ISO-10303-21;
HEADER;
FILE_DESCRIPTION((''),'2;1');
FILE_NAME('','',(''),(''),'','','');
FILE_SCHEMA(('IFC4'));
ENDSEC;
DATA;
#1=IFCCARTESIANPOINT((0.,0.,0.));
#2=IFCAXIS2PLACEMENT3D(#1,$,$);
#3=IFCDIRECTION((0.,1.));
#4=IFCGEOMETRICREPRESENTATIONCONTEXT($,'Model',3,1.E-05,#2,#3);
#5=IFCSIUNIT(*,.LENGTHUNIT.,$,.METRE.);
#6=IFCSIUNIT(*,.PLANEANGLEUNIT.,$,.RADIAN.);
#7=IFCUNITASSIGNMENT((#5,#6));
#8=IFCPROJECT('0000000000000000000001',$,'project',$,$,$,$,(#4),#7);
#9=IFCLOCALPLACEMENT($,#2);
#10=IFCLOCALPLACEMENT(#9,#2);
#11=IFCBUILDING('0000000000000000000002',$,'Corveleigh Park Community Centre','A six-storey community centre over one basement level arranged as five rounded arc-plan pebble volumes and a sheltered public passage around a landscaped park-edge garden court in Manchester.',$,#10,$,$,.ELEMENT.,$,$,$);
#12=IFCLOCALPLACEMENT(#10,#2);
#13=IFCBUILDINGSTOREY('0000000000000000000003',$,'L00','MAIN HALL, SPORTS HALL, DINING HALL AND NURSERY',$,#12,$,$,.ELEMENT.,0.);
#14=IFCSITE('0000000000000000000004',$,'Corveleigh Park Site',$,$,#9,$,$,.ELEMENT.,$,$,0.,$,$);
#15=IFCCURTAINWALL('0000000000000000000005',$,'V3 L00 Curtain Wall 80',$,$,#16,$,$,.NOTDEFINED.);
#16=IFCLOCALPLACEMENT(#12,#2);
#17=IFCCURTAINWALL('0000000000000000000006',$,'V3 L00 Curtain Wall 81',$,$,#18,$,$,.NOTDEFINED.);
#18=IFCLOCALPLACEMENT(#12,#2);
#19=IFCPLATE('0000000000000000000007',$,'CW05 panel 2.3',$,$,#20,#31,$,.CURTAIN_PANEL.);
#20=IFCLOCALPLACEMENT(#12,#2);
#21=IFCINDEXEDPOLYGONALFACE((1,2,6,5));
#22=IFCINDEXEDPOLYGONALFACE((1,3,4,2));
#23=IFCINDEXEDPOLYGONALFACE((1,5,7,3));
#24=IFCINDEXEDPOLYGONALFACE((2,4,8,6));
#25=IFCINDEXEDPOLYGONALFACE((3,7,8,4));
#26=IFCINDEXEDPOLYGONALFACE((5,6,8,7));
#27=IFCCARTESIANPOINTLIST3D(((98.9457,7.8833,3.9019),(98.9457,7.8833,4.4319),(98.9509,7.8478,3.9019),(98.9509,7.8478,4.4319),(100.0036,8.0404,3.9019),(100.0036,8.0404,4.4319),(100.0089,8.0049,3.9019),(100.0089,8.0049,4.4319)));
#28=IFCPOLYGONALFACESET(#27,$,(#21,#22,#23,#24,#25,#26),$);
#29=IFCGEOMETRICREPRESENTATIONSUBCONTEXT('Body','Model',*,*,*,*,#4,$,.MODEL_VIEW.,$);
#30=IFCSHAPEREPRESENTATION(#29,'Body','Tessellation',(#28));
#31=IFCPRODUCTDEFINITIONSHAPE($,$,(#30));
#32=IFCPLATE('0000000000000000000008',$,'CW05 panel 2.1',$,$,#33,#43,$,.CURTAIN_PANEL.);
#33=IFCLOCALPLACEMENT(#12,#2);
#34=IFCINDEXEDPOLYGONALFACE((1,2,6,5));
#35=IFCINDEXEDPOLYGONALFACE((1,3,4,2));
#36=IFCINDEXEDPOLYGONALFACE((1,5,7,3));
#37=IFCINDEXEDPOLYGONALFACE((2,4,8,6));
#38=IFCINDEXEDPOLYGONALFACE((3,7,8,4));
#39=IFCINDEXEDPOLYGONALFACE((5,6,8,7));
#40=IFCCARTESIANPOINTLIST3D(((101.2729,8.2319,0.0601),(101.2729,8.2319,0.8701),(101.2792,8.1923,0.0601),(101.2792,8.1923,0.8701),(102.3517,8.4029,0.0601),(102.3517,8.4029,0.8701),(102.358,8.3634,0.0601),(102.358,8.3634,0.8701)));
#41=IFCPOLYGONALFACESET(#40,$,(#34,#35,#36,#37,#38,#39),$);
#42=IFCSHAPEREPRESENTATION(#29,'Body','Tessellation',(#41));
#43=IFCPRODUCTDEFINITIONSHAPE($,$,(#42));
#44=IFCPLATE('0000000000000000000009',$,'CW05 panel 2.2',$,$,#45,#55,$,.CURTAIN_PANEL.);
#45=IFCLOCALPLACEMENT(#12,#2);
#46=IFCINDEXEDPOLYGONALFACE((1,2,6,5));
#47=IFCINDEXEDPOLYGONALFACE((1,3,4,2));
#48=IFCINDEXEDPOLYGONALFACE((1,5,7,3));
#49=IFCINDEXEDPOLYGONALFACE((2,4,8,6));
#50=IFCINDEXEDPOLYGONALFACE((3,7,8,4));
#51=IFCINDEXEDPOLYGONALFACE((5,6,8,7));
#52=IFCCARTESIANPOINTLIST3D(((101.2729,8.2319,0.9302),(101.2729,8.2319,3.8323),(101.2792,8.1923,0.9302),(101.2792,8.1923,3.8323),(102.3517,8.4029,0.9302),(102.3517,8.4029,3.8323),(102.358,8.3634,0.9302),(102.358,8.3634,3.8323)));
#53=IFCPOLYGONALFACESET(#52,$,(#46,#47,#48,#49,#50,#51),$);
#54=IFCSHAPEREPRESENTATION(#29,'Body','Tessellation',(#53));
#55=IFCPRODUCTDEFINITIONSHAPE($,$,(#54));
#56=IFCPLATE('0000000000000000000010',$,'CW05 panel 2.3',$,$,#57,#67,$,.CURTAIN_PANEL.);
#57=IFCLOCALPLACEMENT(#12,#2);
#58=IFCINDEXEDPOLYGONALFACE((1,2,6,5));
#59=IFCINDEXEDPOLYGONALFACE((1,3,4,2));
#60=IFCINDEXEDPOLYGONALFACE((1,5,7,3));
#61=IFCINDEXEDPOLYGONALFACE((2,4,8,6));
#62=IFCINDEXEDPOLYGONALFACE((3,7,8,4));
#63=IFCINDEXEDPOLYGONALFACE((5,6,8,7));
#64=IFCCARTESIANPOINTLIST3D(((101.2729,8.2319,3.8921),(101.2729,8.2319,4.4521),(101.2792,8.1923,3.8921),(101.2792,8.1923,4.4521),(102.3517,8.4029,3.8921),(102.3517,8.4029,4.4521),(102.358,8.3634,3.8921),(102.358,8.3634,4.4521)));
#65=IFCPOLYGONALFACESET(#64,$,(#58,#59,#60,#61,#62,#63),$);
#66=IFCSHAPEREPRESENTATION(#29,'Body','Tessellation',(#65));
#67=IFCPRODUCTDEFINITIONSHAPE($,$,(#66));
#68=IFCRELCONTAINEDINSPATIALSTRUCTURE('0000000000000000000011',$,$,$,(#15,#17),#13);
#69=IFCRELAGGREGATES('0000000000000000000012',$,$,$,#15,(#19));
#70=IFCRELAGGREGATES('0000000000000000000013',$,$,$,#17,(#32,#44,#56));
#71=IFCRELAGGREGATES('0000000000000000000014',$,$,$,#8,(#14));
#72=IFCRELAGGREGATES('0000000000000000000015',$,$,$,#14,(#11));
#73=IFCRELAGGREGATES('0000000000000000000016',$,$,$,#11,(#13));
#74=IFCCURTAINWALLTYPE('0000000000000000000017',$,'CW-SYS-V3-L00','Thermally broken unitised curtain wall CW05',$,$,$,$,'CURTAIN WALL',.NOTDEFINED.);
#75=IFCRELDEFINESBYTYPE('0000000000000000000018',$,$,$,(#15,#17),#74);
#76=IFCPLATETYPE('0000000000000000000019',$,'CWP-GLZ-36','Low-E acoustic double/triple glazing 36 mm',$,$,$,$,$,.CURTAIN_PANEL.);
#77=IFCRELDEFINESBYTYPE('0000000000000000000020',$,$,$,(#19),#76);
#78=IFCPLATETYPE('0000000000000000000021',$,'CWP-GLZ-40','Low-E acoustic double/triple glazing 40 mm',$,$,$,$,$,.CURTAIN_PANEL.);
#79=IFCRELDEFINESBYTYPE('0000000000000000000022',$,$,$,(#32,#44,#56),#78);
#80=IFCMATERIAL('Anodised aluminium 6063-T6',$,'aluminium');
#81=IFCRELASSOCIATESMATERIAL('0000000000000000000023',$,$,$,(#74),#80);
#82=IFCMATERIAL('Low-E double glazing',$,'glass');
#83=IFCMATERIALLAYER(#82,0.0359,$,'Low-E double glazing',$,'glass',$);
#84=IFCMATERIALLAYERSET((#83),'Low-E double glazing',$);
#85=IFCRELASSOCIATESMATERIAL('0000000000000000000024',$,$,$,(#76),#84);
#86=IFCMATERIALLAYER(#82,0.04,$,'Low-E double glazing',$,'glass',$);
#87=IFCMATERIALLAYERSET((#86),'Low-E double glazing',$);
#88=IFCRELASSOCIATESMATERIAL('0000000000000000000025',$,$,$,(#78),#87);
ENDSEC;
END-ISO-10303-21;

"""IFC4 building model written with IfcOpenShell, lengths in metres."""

from ifc_helpers import new_model, si_unit, direction, frame, origin, origin_2d, place, context, subcontext, project, spatial, rectangle, extrude, material, layer, layer_set, type_object, element, aggregate, save


model = new_model("IFC4")

# Units and contexts
model_context = context("Model", 3, precision=1e-05, world=origin(), true_north=direction((0.0, 1.0)))
body_context = subcontext(model_context, "Body", "Model", "MODEL_VIEW")
ifc_project = project(units=[si_unit("LENGTHUNIT", "METRE"), si_unit("PLANEANGLEUNIT", "RADIAN")], contexts=[model_context])

# Site, building, storey
site_placement = place(None, origin())
site = spatial("IfcSite", under=ifc_project, at=site_placement, Name="Corveleigh Park Site", CompositionType="ELEMENT", RefElevation=0.0)
building_placement = place(site_placement, origin())
building = spatial("IfcBuilding", under=site, at=building_placement, Name="Corveleigh Park Community Centre", Description="A six-storey community centre over one basement level arranged as five rounded arc-plan pebble volumes and a sheltered public passage around a landscaped park-edge garden court in Manchester.", CompositionType="ELEMENT")
storey_placement = place(building_placement, origin())
storey = spatial("IfcBuildingStorey", under=building, at=storey_placement, Name="L00", Description="MAIN HALL, SPORTS HALL, DINING HALL AND NURSERY", CompositionType="ELEMENT", Elevation=0.0)

# Shared definitions
ifc_material_1 = material(Name="Anodised aluminium 6063-T6", Category="aluminium")
curtain_wall_type = type_object("IfcCurtainWallType", Name="CW-SYS-V3-L00", Description="Thermally broken unitised curtain wall CW05", ElementType="CURTAIN WALL", PredefinedType="NOTDEFINED", material=ifc_material_1)

# Curtain walls
curtain_wall_1_placement = place(storey_placement, origin())
curtain_wall_1 = element("IfcCurtainWall", 1, at=curtain_wall_1_placement, inside=storey, type_object=curtain_wall_type, Name="V3 L00 Curtain Wall 80", PredefinedType="NOTDEFINED")
curtain_wall_2_placement = place(storey_placement, origin())
curtain_wall_2 = element("IfcCurtainWall", 2, at=curtain_wall_2_placement, inside=storey, type_object=curtain_wall_type, Name="V3 L00 Curtain Wall 81", PredefinedType="NOTDEFINED")

# Plates
ifc_material_2 = material(Name="Low-E double glazing", Category="glass")
ifc_layer_1 = layer(ifc_material_2, 0.0359, Name="Low-E double glazing", Category="glass")
ifc_layer_set_1 = layer_set([ifc_layer_1], Name="Low-E double glazing")
plate_type_1 = type_object("IfcPlateType", Name="CWP-GLZ-36", Description="Low-E acoustic double/triple glazing 36 mm", PredefinedType="CURTAIN_PANEL", material=ifc_layer_set_1)
plate_1_placement = place(storey_placement, frame((99.4773, 7.9441, 3.9019), z_axis=(0.0, 0.0, 1.0), x_axis=(-0.989146, -0.146937, 0.0)))
plate_1 = element("IfcPlate", 3, at=plate_1_placement, type_object=plate_type_1, Name="CW05 panel 2.3", PredefinedType="CURTAIN_PANEL", context=body_context, shape_type="SweptSolid", body=[
    extrude(rectangle(XDim=1.0696, YDim=0.0359, at=origin_2d()), origin(), (0.0, 0.0, 1.0), 0.53),
])
aggregate(curtain_wall_1, [plate_1])
ifc_layer_2 = layer(ifc_material_2, 0.04, Name="Low-E double glazing", Category="glass")
ifc_layer_set_2 = layer_set([ifc_layer_2], Name="Low-E double glazing")
plate_type_2 = type_object("IfcPlateType", Name="CWP-GLZ-40", Description="Low-E acoustic double/triple glazing 40 mm", PredefinedType="CURTAIN_PANEL", material=ifc_layer_set_2)
plate_2_placement = place(storey_placement, frame((101.8154, 8.2976, 0.0601), z_axis=(0.0, 0.0, 1.0), x_axis=(-0.987661, -0.156606, 0.0)))
plate_2 = element("IfcPlate", 4, at=plate_2_placement, type_object=plate_type_2, Name="CW05 panel 2.1", PredefinedType="CURTAIN_PANEL", context=body_context, shape_type="SweptSolid", body=[
    extrude(rectangle(XDim=1.0923, YDim=0.04, at=origin_2d()), origin(), (0.0, 0.0, 1.0), 0.8101),
])
plate_3_placement = place(storey_placement, frame((101.8154, 8.2976, 0.9302), z_axis=(0.0, 0.0, 1.0), x_axis=(-0.987661, -0.156606, 0.0)))
plate_3 = element("IfcPlate", 5, at=plate_3_placement, type_object=plate_type_2, Name="CW05 panel 2.2", PredefinedType="CURTAIN_PANEL", context=body_context, shape_type="SweptSolid", body=[
    extrude(rectangle(XDim=1.0923, YDim=0.04, at=origin_2d()), origin(), (0.0, 0.0, 1.0), 2.9021),
])
plate_4_placement = place(storey_placement, frame((101.8154, 8.2976, 3.8921), z_axis=(0.0, 0.0, 1.0), x_axis=(-0.987661, -0.156606, 0.0)))
plate_4 = element("IfcPlate", 6, at=plate_4_placement, type_object=plate_type_2, Name="CW05 panel 2.3", PredefinedType="CURTAIN_PANEL", context=body_context, shape_type="SweptSolid", body=[
    extrude(rectangle(XDim=1.0923, YDim=0.04, at=origin_2d()), origin(), (0.0, 0.0, 1.0), 0.5601),
])
aggregate(curtain_wall_2, [plate_2, plate_3, plate_4])

save(model, "model.ifc")
